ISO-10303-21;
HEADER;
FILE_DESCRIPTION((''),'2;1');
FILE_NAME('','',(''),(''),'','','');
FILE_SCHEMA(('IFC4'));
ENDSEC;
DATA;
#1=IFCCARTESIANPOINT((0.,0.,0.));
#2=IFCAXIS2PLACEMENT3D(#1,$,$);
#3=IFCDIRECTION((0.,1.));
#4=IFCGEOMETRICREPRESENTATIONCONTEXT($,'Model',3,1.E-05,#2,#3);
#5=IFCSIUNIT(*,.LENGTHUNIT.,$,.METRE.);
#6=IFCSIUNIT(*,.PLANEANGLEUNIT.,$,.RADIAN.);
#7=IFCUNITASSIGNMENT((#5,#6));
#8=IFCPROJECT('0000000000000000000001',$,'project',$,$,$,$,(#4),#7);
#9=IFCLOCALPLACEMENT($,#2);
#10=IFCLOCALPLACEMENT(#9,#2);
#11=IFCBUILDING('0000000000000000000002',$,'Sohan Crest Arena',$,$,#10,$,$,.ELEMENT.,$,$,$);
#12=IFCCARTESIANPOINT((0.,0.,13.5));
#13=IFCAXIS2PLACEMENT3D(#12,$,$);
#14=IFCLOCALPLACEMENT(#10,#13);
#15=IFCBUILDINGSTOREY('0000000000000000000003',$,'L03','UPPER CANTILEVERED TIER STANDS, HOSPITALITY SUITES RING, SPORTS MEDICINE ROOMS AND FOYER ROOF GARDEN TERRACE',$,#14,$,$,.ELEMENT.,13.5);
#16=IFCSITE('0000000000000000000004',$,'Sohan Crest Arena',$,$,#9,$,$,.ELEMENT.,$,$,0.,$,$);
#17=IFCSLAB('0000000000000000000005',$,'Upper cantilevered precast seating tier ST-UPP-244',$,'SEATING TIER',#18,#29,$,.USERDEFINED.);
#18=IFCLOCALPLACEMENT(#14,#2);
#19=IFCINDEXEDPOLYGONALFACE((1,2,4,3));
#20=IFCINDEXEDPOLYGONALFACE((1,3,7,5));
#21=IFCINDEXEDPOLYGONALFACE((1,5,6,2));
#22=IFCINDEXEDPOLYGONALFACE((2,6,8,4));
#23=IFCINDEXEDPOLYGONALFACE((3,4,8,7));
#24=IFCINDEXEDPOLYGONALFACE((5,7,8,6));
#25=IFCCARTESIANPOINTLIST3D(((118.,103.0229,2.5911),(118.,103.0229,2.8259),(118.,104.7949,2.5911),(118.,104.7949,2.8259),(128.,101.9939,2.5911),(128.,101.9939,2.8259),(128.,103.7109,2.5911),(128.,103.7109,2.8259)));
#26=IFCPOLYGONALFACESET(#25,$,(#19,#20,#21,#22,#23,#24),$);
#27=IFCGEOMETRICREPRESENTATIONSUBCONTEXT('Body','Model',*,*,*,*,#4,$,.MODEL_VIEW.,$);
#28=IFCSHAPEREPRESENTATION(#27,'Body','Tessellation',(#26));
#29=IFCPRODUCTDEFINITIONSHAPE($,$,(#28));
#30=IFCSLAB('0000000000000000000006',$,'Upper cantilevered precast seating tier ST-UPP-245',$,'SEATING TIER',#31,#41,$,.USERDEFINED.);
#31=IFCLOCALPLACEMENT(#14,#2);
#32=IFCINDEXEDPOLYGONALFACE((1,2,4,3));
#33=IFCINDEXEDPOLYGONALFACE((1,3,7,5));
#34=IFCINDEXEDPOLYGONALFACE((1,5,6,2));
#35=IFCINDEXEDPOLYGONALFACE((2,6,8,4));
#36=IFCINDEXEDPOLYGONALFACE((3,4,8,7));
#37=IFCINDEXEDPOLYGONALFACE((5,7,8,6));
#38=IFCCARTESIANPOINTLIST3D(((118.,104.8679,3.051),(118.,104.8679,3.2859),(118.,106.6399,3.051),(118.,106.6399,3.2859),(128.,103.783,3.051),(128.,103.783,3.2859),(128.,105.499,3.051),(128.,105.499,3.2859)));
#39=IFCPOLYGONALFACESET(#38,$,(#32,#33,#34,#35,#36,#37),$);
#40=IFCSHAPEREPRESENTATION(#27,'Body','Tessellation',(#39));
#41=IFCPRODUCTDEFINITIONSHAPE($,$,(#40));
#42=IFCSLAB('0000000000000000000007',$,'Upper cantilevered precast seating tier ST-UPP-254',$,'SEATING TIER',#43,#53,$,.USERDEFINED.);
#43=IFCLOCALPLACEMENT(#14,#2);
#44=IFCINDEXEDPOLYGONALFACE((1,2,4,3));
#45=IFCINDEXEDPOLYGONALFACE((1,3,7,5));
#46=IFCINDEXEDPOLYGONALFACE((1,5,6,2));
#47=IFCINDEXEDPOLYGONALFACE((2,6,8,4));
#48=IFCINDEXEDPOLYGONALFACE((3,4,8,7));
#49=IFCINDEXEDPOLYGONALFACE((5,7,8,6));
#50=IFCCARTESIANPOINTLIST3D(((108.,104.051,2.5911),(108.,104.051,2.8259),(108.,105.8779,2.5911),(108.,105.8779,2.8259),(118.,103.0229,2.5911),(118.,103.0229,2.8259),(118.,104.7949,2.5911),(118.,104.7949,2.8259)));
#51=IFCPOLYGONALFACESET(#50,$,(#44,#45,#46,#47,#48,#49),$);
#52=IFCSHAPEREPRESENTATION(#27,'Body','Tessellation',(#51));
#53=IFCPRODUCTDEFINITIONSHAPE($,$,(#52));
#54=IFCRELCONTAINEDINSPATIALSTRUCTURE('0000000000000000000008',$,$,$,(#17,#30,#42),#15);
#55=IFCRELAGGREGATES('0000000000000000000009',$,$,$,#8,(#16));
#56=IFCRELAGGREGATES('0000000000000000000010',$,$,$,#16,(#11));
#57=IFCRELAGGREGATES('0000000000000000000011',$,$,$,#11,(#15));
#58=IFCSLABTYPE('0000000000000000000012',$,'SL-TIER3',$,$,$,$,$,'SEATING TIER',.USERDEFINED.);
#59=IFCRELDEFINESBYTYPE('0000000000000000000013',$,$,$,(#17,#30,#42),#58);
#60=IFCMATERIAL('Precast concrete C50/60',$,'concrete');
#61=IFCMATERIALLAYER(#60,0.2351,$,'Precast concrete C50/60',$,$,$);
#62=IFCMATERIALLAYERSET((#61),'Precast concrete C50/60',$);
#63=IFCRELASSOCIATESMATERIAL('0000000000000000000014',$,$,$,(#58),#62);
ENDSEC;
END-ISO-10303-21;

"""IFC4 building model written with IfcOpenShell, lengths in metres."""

from ifc_helpers import new_model, si_unit, direction, frame, origin, place, context, subcontext, project, spatial, polyline, outline, extrude, material, layer, layer_set, type_object, element, save


model = new_model("IFC4")

# Units and contexts
model_context = context("Model", 3, precision=1e-05, world=origin(), true_north=direction((0.0, 1.0)))
body_context = subcontext(model_context, "Body", "Model", "MODEL_VIEW")
ifc_project = project(units=[si_unit("LENGTHUNIT", "METRE"), si_unit("PLANEANGLEUNIT", "RADIAN")], contexts=[model_context])

# Site, building, storey
site_placement = place(None, origin())
site = spatial("IfcSite", under=ifc_project, at=site_placement, Name="Sohan Crest Arena", CompositionType="ELEMENT", RefElevation=0.0)
building_placement = place(site_placement, origin())
building = spatial("IfcBuilding", under=site, at=building_placement, Name="Sohan Crest Arena", CompositionType="ELEMENT")
storey_placement = place(building_placement, frame((0.0, 0.0, 13.5)))
storey = spatial("IfcBuildingStorey", under=building, at=storey_placement, Name="L03", Description="UPPER CANTILEVERED TIER STANDS, HOSPITALITY SUITES RING, SPORTS MEDICINE ROOMS AND FOYER ROOF GARDEN TERRACE", CompositionType="ELEMENT", Elevation=13.5)

# Slabs
ifc_material_1 = material(Name="Precast concrete C50/60", Category="concrete")
ifc_layer_1 = layer(ifc_material_1, 0.2351, Name="Precast concrete C50/60")
ifc_layer_set_1 = layer_set([ifc_layer_1], Name="Precast concrete C50/60")
slab_type_1 = type_object("IfcSlabType", Name="SL-TIER3", ElementType="SEATING TIER", PredefinedType="USERDEFINED", material=ifc_layer_set_1)
slab_1_placement = place(storey_placement, frame((0.0, 0.0, 2.5911)))
element("IfcSlab", 1, at=slab_1_placement, inside=storey, type_object=slab_type_1, Name="Upper cantilevered precast seating tier ST-UPP-244", ObjectType="SEATING TIER", PredefinedType="USERDEFINED", context=body_context, shape_type="SweptSolid", body=[
    extrude(outline(polyline([(128.0, 101.9939), (118.0, 103.0229), (118.0, 104.7949), (128.0, 103.7109), (128.0, 101.9939)])), origin(), (0.0, 0.0, 1.0), 0.2349),
])
slab_2_placement = place(storey_placement, frame((0.0, 0.0, 3.051)))
element("IfcSlab", 2, at=slab_2_placement, inside=storey, type_object=slab_type_1, Name="Upper cantilevered precast seating tier ST-UPP-245", ObjectType="SEATING TIER", PredefinedType="USERDEFINED", context=body_context, shape_type="SweptSolid", body=[
    extrude(outline(polyline([(128.0, 103.783), (118.0, 104.8679), (118.0, 106.6399), (128.0, 105.499), (128.0, 103.783)])), origin(), (0.0, 0.0, 1.0), 0.2349),
])
slab_3_placement = place(storey_placement, frame((0.0, 0.0, 2.5911)))
element("IfcSlab", 3, at=slab_3_placement, inside=storey, type_object=slab_type_1, Name="Upper cantilevered precast seating tier ST-UPP-254", ObjectType="SEATING TIER", PredefinedType="USERDEFINED", context=body_context, shape_type="SweptSolid", body=[
    extrude(outline(polyline([(118.0, 103.0229), (108.0, 104.051), (108.0, 105.8779), (118.0, 104.7949), (118.0, 103.0229)])), origin(), (0.0, 0.0, 1.0), 0.2349),
])

save(model, "model.ifc")
